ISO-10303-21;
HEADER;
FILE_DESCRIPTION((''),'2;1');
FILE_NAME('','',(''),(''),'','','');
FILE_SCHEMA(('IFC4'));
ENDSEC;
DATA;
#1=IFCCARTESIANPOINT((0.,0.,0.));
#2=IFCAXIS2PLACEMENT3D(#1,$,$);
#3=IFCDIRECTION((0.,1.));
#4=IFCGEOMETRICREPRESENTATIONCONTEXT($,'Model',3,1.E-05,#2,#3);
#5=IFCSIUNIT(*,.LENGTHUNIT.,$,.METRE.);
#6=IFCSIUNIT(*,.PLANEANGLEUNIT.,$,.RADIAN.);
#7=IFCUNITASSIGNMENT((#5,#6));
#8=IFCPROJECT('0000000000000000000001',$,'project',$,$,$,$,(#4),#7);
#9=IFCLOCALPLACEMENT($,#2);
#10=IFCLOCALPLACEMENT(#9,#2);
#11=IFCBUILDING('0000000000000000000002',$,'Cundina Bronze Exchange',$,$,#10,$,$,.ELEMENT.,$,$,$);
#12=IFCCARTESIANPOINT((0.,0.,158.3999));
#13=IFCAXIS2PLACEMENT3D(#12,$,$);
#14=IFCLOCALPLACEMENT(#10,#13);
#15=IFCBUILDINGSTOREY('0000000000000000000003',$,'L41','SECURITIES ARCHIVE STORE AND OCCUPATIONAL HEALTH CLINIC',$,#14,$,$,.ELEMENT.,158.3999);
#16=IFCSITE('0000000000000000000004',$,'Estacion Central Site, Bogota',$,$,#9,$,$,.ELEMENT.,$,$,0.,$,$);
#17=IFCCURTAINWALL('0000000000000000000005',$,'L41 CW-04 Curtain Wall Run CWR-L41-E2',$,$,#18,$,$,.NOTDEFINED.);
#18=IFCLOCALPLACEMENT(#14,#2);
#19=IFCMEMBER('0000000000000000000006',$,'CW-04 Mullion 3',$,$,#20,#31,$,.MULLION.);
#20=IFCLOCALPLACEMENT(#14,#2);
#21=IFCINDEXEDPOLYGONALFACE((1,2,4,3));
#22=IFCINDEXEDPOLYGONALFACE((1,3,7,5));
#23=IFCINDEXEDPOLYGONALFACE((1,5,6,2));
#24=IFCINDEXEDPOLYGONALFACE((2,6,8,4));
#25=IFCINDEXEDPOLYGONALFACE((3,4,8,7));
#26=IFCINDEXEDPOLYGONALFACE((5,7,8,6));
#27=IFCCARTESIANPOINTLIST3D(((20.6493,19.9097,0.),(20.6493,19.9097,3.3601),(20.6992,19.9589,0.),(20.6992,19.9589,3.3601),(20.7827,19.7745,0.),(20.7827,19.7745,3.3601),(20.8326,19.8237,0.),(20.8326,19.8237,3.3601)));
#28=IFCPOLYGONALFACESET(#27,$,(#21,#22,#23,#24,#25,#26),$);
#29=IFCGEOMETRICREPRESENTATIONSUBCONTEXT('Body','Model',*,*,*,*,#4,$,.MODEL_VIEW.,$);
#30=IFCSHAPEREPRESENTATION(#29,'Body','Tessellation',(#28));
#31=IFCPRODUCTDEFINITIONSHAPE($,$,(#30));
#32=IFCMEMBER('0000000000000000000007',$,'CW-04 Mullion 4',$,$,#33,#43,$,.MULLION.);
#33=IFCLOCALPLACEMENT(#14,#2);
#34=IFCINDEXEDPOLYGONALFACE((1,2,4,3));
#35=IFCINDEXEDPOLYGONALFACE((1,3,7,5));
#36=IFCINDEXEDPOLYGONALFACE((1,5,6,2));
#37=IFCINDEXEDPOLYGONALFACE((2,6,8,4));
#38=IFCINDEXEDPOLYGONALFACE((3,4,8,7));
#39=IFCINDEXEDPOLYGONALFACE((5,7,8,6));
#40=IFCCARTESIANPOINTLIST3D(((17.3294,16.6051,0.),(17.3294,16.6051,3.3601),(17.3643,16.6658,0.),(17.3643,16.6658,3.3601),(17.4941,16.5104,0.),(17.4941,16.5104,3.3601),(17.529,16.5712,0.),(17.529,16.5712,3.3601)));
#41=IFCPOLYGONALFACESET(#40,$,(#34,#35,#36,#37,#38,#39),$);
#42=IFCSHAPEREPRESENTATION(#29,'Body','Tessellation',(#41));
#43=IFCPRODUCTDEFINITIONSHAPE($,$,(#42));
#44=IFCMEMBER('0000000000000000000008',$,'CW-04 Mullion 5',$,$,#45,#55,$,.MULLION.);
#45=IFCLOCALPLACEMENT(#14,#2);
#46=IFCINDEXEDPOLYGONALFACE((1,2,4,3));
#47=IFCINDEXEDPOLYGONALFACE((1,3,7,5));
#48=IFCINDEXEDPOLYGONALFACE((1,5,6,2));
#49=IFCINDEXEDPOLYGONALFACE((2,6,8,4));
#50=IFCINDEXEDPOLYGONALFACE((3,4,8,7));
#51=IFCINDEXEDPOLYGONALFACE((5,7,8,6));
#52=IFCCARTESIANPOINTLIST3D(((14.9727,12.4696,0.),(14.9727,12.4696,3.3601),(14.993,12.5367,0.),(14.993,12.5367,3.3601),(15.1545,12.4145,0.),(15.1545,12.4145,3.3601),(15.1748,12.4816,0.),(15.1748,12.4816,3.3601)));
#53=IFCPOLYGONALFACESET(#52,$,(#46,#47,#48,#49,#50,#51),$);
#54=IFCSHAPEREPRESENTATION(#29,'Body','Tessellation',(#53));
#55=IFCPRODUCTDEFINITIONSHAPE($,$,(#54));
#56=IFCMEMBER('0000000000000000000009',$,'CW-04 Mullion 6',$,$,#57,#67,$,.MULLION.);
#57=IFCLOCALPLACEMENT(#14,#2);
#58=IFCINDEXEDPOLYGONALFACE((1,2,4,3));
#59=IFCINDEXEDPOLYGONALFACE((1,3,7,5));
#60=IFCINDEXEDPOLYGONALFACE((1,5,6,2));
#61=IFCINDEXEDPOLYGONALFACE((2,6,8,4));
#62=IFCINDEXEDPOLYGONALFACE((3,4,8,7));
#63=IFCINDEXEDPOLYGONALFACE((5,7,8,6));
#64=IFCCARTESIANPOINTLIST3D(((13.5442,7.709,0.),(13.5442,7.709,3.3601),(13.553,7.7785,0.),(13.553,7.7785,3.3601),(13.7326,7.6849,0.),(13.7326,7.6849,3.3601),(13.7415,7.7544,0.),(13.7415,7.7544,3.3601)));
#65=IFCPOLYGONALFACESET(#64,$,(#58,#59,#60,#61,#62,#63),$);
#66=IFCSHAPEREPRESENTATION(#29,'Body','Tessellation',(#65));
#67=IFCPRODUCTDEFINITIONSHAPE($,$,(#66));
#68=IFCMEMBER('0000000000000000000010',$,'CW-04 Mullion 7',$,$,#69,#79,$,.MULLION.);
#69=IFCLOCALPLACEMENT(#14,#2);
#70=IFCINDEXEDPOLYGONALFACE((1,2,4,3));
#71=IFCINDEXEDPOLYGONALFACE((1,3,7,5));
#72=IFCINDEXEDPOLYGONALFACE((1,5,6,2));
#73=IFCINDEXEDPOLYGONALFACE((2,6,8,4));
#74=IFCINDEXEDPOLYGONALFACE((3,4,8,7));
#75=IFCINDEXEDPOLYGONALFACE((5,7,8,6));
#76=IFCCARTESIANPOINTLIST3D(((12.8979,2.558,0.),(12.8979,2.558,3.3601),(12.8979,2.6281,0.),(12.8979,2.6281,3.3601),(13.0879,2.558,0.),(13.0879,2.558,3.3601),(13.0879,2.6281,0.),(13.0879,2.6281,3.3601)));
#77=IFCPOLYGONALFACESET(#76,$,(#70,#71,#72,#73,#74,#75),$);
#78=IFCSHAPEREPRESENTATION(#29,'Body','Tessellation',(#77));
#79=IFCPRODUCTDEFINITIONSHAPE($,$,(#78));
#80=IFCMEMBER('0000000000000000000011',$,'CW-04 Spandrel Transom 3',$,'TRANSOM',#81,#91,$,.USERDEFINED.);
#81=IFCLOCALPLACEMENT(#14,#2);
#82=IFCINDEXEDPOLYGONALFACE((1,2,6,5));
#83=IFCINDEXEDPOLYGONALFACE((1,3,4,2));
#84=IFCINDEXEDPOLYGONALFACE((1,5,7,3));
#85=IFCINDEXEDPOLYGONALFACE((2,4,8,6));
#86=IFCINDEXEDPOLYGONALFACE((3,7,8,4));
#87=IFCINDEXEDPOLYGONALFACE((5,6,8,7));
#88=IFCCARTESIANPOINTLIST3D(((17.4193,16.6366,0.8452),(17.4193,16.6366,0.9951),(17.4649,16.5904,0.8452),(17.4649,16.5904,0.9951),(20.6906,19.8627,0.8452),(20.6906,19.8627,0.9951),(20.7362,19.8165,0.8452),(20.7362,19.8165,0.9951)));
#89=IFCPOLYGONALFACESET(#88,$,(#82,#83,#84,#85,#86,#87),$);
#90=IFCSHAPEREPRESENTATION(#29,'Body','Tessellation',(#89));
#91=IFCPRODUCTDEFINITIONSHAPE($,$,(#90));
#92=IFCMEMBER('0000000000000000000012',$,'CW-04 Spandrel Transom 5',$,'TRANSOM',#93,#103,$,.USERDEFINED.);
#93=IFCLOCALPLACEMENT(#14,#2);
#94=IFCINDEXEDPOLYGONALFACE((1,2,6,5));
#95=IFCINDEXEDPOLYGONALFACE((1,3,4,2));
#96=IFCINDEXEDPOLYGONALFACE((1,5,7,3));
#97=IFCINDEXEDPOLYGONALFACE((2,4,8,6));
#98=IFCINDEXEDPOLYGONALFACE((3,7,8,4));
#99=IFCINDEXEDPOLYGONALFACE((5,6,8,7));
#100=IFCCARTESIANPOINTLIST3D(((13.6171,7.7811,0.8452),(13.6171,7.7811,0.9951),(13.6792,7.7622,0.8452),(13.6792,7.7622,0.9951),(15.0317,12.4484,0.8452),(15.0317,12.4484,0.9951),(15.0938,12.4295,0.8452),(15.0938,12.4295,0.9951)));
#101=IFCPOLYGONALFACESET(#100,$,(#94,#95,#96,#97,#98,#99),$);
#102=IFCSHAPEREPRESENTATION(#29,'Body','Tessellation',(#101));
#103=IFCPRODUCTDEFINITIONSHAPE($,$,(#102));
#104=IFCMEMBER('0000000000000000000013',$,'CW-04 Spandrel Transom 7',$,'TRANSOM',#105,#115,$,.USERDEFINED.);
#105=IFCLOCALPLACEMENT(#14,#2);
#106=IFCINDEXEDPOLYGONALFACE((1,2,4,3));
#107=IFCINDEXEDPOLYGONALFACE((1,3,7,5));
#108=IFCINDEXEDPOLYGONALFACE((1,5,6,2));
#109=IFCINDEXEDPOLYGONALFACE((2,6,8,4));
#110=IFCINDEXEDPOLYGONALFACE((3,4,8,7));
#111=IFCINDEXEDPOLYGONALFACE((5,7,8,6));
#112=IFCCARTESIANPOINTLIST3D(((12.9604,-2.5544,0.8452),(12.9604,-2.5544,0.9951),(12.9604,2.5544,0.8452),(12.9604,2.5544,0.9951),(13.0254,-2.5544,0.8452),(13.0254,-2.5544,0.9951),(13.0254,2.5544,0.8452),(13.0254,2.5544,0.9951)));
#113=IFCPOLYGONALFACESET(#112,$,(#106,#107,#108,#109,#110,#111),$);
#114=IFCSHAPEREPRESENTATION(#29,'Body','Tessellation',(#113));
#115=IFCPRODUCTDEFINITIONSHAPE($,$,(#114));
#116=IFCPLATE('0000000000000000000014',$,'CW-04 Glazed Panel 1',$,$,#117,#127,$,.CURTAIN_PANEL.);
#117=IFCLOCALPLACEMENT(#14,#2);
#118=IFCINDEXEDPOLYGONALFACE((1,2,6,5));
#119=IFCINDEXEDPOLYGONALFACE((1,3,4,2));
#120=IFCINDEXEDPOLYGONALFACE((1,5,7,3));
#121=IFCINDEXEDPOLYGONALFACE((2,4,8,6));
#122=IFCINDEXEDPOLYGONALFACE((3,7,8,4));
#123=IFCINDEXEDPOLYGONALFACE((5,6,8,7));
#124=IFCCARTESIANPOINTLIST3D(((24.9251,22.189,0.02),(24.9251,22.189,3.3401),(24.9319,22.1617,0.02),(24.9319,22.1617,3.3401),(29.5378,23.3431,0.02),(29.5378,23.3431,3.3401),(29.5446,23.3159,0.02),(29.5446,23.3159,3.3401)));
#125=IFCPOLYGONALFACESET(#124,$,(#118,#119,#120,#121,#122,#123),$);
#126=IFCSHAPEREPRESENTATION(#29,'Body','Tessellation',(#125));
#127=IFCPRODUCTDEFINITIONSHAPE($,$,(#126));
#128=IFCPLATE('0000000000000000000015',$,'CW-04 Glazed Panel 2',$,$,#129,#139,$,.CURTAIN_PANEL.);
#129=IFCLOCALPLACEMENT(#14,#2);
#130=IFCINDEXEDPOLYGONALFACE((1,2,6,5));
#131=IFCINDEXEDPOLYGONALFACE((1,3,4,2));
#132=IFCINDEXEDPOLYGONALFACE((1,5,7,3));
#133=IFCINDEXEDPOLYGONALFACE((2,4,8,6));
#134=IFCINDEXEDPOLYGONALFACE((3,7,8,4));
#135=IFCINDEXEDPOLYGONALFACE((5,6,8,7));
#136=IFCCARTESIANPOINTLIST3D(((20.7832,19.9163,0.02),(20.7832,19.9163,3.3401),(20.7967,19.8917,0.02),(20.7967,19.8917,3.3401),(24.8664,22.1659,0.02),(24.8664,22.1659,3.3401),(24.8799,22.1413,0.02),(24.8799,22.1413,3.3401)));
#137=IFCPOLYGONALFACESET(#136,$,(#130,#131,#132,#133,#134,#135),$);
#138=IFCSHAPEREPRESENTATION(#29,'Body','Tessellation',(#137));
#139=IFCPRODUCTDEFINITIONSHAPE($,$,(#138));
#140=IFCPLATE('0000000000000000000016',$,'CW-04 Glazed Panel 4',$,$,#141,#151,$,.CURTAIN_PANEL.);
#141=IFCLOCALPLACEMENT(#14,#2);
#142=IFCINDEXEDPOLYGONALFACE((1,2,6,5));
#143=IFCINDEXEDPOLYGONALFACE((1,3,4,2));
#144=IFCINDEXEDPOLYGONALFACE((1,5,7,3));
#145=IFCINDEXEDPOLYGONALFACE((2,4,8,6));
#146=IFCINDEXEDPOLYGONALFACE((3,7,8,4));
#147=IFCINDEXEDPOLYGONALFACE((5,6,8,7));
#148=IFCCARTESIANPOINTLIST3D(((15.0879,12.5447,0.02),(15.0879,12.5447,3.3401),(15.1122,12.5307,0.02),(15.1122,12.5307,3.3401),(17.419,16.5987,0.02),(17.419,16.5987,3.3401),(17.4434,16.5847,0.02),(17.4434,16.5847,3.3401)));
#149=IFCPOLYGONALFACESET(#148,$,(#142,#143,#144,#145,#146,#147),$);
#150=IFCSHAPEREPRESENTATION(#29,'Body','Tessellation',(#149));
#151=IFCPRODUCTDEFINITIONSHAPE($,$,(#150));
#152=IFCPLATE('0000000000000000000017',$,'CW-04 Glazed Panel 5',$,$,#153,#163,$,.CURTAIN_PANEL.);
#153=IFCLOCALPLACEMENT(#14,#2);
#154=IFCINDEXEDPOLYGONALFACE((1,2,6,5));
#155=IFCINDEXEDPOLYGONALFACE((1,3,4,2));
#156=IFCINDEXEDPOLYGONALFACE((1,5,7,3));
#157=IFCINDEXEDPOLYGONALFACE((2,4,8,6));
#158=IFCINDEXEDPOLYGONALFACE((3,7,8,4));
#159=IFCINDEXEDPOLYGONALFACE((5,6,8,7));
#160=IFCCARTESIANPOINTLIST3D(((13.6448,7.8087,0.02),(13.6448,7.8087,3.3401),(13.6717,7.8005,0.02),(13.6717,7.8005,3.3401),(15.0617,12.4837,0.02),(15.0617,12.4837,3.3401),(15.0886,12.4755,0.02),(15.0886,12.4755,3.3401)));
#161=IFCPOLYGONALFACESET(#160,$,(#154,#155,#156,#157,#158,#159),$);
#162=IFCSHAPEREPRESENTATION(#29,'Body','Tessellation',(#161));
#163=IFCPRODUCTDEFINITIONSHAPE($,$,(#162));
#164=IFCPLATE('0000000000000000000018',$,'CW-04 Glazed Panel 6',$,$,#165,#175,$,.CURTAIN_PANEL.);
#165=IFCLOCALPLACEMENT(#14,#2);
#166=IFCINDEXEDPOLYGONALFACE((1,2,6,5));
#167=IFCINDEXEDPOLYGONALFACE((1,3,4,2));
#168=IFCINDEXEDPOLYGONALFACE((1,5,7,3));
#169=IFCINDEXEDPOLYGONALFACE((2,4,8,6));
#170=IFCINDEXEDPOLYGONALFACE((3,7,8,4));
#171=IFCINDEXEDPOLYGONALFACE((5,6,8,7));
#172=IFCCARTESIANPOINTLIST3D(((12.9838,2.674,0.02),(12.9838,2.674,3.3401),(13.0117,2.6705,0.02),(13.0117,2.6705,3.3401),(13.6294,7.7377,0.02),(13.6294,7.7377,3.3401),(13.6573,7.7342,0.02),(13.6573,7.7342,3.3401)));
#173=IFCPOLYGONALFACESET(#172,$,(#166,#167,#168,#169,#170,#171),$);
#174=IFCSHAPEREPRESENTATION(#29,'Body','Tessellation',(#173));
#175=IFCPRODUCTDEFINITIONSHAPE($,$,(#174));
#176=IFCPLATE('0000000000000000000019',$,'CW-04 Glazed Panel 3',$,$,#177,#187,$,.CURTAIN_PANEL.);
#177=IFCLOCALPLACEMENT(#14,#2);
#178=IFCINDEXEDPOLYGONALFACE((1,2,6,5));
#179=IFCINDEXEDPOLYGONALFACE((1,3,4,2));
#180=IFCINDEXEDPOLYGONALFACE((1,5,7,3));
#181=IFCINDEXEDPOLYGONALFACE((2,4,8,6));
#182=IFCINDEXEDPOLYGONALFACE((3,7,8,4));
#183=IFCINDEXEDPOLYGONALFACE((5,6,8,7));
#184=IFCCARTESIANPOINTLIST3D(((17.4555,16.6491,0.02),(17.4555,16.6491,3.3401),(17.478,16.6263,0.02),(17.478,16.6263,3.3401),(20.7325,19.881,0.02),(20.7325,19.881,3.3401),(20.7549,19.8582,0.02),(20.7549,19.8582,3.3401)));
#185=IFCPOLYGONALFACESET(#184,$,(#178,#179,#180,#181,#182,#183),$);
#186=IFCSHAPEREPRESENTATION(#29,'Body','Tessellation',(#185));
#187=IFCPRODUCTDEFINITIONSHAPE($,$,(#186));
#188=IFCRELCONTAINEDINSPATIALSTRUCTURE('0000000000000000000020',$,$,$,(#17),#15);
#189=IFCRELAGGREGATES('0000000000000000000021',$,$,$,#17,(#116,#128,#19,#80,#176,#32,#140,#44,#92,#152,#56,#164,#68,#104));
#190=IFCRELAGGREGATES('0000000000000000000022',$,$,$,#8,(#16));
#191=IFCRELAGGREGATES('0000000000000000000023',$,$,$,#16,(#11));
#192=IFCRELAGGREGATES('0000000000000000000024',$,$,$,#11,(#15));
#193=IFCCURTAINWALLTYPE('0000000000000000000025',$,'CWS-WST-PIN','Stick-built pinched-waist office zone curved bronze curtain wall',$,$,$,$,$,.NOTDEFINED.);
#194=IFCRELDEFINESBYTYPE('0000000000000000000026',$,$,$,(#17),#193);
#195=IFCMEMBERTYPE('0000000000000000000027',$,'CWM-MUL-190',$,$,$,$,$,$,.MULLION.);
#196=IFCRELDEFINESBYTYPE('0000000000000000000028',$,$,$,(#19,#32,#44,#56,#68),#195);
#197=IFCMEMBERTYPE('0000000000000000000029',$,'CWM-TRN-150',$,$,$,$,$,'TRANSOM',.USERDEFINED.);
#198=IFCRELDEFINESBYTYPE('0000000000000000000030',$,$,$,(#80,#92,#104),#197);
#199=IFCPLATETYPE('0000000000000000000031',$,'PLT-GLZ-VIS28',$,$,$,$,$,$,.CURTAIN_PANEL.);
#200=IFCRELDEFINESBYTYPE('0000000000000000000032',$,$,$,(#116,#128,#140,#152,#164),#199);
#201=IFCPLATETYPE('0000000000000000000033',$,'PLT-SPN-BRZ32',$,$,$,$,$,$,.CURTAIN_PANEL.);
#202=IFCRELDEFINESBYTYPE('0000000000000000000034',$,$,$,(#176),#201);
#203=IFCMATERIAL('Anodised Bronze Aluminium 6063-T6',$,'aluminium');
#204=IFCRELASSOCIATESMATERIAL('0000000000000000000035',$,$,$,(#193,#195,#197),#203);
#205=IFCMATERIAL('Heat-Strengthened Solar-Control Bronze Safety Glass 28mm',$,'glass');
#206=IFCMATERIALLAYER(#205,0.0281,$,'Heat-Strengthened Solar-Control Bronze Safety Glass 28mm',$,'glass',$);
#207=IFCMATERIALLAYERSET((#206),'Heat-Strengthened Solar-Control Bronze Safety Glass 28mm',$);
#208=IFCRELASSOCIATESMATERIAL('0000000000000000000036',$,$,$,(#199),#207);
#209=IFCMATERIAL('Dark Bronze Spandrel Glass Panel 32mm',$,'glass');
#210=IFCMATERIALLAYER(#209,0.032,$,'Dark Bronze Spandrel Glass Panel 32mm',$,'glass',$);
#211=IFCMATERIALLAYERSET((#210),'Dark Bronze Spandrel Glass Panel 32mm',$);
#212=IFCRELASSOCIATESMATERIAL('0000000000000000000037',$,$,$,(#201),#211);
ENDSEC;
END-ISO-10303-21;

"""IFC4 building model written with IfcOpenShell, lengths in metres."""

from ifc_helpers import new_model, si_unit, direction, frame, origin, origin_2d, place, context, subcontext, project, spatial, rectangle, extrude, material, layer, layer_set, material_profile, profile_set, type_object, element, aggregate, save


model = new_model("IFC4")

# Units and contexts
model_context = context("Model", 3, precision=1e-05, world=origin(), true_north=direction((0.0, 1.0)))
body_context = subcontext(model_context, "Body", "Model", "MODEL_VIEW")
ifc_project = project(units=[si_unit("LENGTHUNIT", "METRE"), si_unit("PLANEANGLEUNIT", "RADIAN")], contexts=[model_context])

# Site, building, storey
site_placement = place(None, origin())
site = spatial("IfcSite", under=ifc_project, at=site_placement, Name="Estacion Central Site, Bogota", CompositionType="ELEMENT", RefElevation=0.0)
building_placement = place(site_placement, origin())
building = spatial("IfcBuilding", under=site, at=building_placement, Name="Cundina Bronze Exchange", CompositionType="ELEMENT")
storey_placement = place(building_placement, frame((0.0, 0.0, 158.3999)))
storey = spatial("IfcBuildingStorey", under=building, at=storey_placement, Name="L41", Description="SECURITIES ARCHIVE STORE AND OCCUPATIONAL HEALTH CLINIC", CompositionType="ELEMENT", Elevation=158.3999)

# Curtain wall, members, plates
ifc_material_1 = material(Name="Anodised Bronze Aluminium 6063-T6", Category="aluminium")
curtain_wall_type = type_object("IfcCurtainWallType", Name="CWS-WST-PIN", Description="Stick-built pinched-waist office zone curved bronze curtain wall", PredefinedType="NOTDEFINED", material=ifc_material_1)
curtain_wall_placement = place(storey_placement, origin())
curtain_wall = element("IfcCurtainWall", 1, at=curtain_wall_placement, inside=storey, type_object=curtain_wall_type, Name="L41 CW-04 Curtain Wall Run CWR-L41-E2", PredefinedType="NOTDEFINED")
ifc_material_profile_1 = material_profile(ifc_material_1, rectangle(XDim=0.0701, YDim=0.1899, at=origin_2d()), Name="AL70X190", Category="aluminium")
ifc_profile_set_1 = profile_set([ifc_material_profile_1], Name="Anodised Bronze Aluminium 6063-T6")
member_type_1 = type_object("IfcMemberType", Name="CWM-MUL-190", PredefinedType="MULLION", material=ifc_profile_set_1)
member_1_placement = place(storey_placement, frame((20.741, 19.8667, 0.0), z_axis=(0.0, 0.0, 1.0), x_axis=(-0.712026, -0.702153, 0.0)))
member_1 = element("IfcMember", 2, at=member_1_placement, type_object=member_type_1, Name="CW-04 Mullion 3", PredefinedType="MULLION", context=body_context, shape_type="SweptSolid", body=[
    extrude(rectangle(XDim=0.0701, YDim=0.1899, at=origin_2d()), origin(), (0.0, 0.0, 1.0), 3.3601),
])
member_2_placement = place(storey_placement, frame((17.4292, 16.5881, 0.0), z_axis=(0.0, 0.0, 1.0), x_axis=(-0.498488, -0.866897, 0.0)))
member_2 = element("IfcMember", 3, at=member_2_placement, type_object=member_type_1, Name="CW-04 Mullion 4", PredefinedType="MULLION", context=body_context, shape_type="SweptSolid", body=[
    extrude(rectangle(XDim=0.0701, YDim=0.1899, at=origin_2d()), origin(), (0.0, 0.0, 1.0), 3.3601),
])
member_3_placement = place(storey_placement, frame((15.0737, 12.4756, 0.0), z_axis=(0.0, 0.0, 1.0), x_axis=(-0.290034, -0.957016, 0.0)))
member_3 = element("IfcMember", 4, at=member_3_placement, type_object=member_type_1, Name="CW-04 Mullion 5", PredefinedType="MULLION", context=body_context, shape_type="SweptSolid", body=[
    extrude(rectangle(XDim=0.0701, YDim=0.1899, at=origin_2d()), origin(), (0.0, 0.0, 1.0), 3.3601),
])
member_4_placement = place(storey_placement, frame((13.6428, 7.7317, 0.0), z_axis=(0.0, 0.0, 1.0), x_axis=(-0.126545, -0.991961, 0.0)))
member_4 = element("IfcMember", 5, at=member_4_placement, type_object=member_type_1, Name="CW-04 Mullion 6", PredefinedType="MULLION", context=body_context, shape_type="SweptSolid", body=[
    extrude(rectangle(XDim=0.0701, YDim=0.1899, at=origin_2d()), origin(), (0.0, 0.0, 1.0), 3.3601),
])
member_5_placement = place(storey_placement, frame((12.9929, 2.593, 0.0), z_axis=(0.0, 0.0, 1.0), x_axis=(0.0, -1.0, 0.0)))
member_5 = element("IfcMember", 6, at=member_5_placement, type_object=member_type_1, Name="CW-04 Mullion 7", PredefinedType="MULLION", context=body_context, shape_type="SweptSolid", body=[
    extrude(rectangle(XDim=0.0701, YDim=0.1899, at=origin_2d()), origin(), (0.0, 0.0, 1.0), 3.3601),
])
ifc_material_profile_2 = material_profile(ifc_material_1, rectangle(XDim=0.0649, YDim=0.1499, at=origin_2d()), Name="AL65X150", Category="aluminium")
ifc_profile_set_2 = profile_set([ifc_material_profile_2], Name="Anodised Bronze Aluminium 6063-T6")
member_type_2 = type_object("IfcMemberType", Name="CWM-TRN-150", ElementType="TRANSOM", PredefinedType="USERDEFINED", material=ifc_profile_set_2)
member_6_placement = place(storey_placement, frame((20.7134, 19.8396, 0.9202), z_axis=(-0.712005, -0.702174, 0.0), x_axis=(0.702174, -0.712005, 0.0)))
member_6 = element("IfcMember", 7, at=member_6_placement, type_object=member_type_2, Name="CW-04 Spandrel Transom 3", ObjectType="TRANSOM", PredefinedType="USERDEFINED", context=body_context, shape_type="SweptSolid", body=[
    extrude(rectangle(XDim=0.0649, YDim=0.1499, at=origin_2d()), origin(), (0.0, 0.0, 1.0), 4.5945),
])
member_7_placement = place(storey_placement, frame((15.0627, 12.439, 0.9202), z_axis=(-0.290052, -0.957011, 0.0), x_axis=(0.957011, -0.290052, 0.0)))
member_7 = element("IfcMember", 8, at=member_7_placement, type_object=member_type_2, Name="CW-04 Spandrel Transom 5", ObjectType="TRANSOM", PredefinedType="USERDEFINED", context=body_context, shape_type="SweptSolid", body=[
    extrude(rectangle(XDim=0.0649, YDim=0.1499, at=origin_2d()), origin(), (0.0, 0.0, 1.0), 4.877),
])
member_8_placement = place(storey_placement, frame((12.9929, 2.5544, 0.9202), z_axis=(0.0, -1.0, 0.0), x_axis=(1.0, 0.0, 0.0)))
member_8 = element("IfcMember", 9, at=member_8_placement, type_object=member_type_2, Name="CW-04 Spandrel Transom 7", ObjectType="TRANSOM", PredefinedType="USERDEFINED", context=body_context, shape_type="SweptSolid", body=[
    extrude(rectangle(XDim=0.0649, YDim=0.1499, at=origin_2d()), origin(), (0.0, 0.0, 1.0), 5.1089),
])
ifc_material_2 = material(Name="Heat-Strengthened Solar-Control Bronze Safety Glass 28mm", Category="glass")
ifc_layer_1 = layer(ifc_material_2, 0.0281, Name="Heat-Strengthened Solar-Control Bronze Safety Glass 28mm", Category="glass")
ifc_layer_set_1 = layer_set([ifc_layer_1], Name="Heat-Strengthened Solar-Control Bronze Safety Glass 28mm")
plate_type_1 = type_object("IfcPlateType", Name="PLT-GLZ-VIS28", PredefinedType="CURTAIN_PANEL", material=ifc_layer_set_1)
plate_1_placement = place(storey_placement, frame((27.2349, 22.7524, 0.02), z_axis=(0.0, 0.0, 1.0), x_axis=(-0.970093, -0.242735, 0.0)))
plate_1 = element("IfcPlate", 10, at=plate_1_placement, type_object=plate_type_1, Name="CW-04 Glazed Panel 1", PredefinedType="CURTAIN_PANEL", context=body_context, shape_type="SweptSolid", body=[
    extrude(rectangle(XDim=4.7549, YDim=0.0281, at=origin_2d()), origin(), (0.0, 0.0, 1.0), 3.3201),
])
plate_2_placement = place(storey_placement, frame((22.8315, 21.0288, 0.02), z_axis=(0.0, 0.0, 1.0), x_axis=(-0.875869, -0.482549, 0.0)))
plate_2 = element("IfcPlate", 11, at=plate_2_placement, type_object=plate_type_1, Name="CW-04 Glazed Panel 2", PredefinedType="CURTAIN_PANEL", context=body_context, shape_type="SweptSolid", body=[
    extrude(rectangle(XDim=4.6619, YDim=0.0281, at=origin_2d()), origin(), (0.0, 0.0, 1.0), 3.3201),
])
plate_3_placement = place(storey_placement, frame((16.2656, 14.5647, 0.02), z_axis=(0.0, 0.0, 1.0), x_axis=(-0.498488, -0.866897, 0.0)))
plate_3 = element("IfcPlate", 12, at=plate_3_placement, type_object=plate_type_1, Name="CW-04 Glazed Panel 4", PredefinedType="CURTAIN_PANEL", context=body_context, shape_type="SweptSolid", body=[
    extrude(rectangle(XDim=4.6765, YDim=0.0281, at=origin_2d()), origin(), (0.0, 0.0, 1.0), 3.3201),
])
plate_4_placement = place(storey_placement, frame((14.3667, 10.1421, 0.02), z_axis=(0.0, 0.0, 1.0), x_axis=(-0.290051, -0.957011, 0.0)))
plate_4 = element("IfcPlate", 13, at=plate_4_placement, type_object=plate_type_1, Name="CW-04 Glazed Panel 5", PredefinedType="CURTAIN_PANEL", context=body_context, shape_type="SweptSolid", body=[
    extrude(rectangle(XDim=4.885, YDim=0.0281, at=origin_2d()), origin(), (0.0, 0.0, 1.0), 3.3201),
])
plate_5_placement = place(storey_placement, frame((13.3206, 5.2041, 0.02), z_axis=(0.0, 0.0, 1.0), x_axis=(-0.126476, -0.99197, 0.0)))
plate_5 = element("IfcPlate", 14, at=plate_5_placement, type_object=plate_type_1, Name="CW-04 Glazed Panel 6", PredefinedType="CURTAIN_PANEL", context=body_context, shape_type="SweptSolid", body=[
    extrude(rectangle(XDim=5.1047, YDim=0.0281, at=origin_2d()), origin(), (0.0, 0.0, 1.0), 3.3201),
])
ifc_material_3 = material(Name="Dark Bronze Spandrel Glass Panel 32mm", Category="glass")
ifc_layer_2 = layer(ifc_material_3, 0.032, Name="Dark Bronze Spandrel Glass Panel 32mm", Category="glass")
ifc_layer_set_2 = layer_set([ifc_layer_2], Name="Dark Bronze Spandrel Glass Panel 32mm")
plate_type_2 = type_object("IfcPlateType", Name="PLT-SPN-BRZ32", PredefinedType="CURTAIN_PANEL", material=ifc_layer_set_2)
plate_6_placement = place(storey_placement, frame((19.1052, 18.2537, 0.02), z_axis=(0.0, 0.0, 1.0), x_axis=(-0.711989, -0.70219, 0.0)))
plate_6 = element("IfcPlate", 15, at=plate_6_placement, type_object=plate_type_2, Name="CW-04 Glazed Panel 3", PredefinedType="CURTAIN_PANEL", context=body_context, shape_type="SweptSolid", body=[
    extrude(rectangle(XDim=4.6025, YDim=0.032, at=origin_2d()), origin(), (0.0, 0.0, 1.0), 3.3201),
])
aggregate(curtain_wall, [plate_1, plate_2, member_1, member_6, plate_6, member_2, plate_3, member_3, member_7, plate_4, member_4, plate_5, member_5, member_8])

save(model, "model.ifc")
